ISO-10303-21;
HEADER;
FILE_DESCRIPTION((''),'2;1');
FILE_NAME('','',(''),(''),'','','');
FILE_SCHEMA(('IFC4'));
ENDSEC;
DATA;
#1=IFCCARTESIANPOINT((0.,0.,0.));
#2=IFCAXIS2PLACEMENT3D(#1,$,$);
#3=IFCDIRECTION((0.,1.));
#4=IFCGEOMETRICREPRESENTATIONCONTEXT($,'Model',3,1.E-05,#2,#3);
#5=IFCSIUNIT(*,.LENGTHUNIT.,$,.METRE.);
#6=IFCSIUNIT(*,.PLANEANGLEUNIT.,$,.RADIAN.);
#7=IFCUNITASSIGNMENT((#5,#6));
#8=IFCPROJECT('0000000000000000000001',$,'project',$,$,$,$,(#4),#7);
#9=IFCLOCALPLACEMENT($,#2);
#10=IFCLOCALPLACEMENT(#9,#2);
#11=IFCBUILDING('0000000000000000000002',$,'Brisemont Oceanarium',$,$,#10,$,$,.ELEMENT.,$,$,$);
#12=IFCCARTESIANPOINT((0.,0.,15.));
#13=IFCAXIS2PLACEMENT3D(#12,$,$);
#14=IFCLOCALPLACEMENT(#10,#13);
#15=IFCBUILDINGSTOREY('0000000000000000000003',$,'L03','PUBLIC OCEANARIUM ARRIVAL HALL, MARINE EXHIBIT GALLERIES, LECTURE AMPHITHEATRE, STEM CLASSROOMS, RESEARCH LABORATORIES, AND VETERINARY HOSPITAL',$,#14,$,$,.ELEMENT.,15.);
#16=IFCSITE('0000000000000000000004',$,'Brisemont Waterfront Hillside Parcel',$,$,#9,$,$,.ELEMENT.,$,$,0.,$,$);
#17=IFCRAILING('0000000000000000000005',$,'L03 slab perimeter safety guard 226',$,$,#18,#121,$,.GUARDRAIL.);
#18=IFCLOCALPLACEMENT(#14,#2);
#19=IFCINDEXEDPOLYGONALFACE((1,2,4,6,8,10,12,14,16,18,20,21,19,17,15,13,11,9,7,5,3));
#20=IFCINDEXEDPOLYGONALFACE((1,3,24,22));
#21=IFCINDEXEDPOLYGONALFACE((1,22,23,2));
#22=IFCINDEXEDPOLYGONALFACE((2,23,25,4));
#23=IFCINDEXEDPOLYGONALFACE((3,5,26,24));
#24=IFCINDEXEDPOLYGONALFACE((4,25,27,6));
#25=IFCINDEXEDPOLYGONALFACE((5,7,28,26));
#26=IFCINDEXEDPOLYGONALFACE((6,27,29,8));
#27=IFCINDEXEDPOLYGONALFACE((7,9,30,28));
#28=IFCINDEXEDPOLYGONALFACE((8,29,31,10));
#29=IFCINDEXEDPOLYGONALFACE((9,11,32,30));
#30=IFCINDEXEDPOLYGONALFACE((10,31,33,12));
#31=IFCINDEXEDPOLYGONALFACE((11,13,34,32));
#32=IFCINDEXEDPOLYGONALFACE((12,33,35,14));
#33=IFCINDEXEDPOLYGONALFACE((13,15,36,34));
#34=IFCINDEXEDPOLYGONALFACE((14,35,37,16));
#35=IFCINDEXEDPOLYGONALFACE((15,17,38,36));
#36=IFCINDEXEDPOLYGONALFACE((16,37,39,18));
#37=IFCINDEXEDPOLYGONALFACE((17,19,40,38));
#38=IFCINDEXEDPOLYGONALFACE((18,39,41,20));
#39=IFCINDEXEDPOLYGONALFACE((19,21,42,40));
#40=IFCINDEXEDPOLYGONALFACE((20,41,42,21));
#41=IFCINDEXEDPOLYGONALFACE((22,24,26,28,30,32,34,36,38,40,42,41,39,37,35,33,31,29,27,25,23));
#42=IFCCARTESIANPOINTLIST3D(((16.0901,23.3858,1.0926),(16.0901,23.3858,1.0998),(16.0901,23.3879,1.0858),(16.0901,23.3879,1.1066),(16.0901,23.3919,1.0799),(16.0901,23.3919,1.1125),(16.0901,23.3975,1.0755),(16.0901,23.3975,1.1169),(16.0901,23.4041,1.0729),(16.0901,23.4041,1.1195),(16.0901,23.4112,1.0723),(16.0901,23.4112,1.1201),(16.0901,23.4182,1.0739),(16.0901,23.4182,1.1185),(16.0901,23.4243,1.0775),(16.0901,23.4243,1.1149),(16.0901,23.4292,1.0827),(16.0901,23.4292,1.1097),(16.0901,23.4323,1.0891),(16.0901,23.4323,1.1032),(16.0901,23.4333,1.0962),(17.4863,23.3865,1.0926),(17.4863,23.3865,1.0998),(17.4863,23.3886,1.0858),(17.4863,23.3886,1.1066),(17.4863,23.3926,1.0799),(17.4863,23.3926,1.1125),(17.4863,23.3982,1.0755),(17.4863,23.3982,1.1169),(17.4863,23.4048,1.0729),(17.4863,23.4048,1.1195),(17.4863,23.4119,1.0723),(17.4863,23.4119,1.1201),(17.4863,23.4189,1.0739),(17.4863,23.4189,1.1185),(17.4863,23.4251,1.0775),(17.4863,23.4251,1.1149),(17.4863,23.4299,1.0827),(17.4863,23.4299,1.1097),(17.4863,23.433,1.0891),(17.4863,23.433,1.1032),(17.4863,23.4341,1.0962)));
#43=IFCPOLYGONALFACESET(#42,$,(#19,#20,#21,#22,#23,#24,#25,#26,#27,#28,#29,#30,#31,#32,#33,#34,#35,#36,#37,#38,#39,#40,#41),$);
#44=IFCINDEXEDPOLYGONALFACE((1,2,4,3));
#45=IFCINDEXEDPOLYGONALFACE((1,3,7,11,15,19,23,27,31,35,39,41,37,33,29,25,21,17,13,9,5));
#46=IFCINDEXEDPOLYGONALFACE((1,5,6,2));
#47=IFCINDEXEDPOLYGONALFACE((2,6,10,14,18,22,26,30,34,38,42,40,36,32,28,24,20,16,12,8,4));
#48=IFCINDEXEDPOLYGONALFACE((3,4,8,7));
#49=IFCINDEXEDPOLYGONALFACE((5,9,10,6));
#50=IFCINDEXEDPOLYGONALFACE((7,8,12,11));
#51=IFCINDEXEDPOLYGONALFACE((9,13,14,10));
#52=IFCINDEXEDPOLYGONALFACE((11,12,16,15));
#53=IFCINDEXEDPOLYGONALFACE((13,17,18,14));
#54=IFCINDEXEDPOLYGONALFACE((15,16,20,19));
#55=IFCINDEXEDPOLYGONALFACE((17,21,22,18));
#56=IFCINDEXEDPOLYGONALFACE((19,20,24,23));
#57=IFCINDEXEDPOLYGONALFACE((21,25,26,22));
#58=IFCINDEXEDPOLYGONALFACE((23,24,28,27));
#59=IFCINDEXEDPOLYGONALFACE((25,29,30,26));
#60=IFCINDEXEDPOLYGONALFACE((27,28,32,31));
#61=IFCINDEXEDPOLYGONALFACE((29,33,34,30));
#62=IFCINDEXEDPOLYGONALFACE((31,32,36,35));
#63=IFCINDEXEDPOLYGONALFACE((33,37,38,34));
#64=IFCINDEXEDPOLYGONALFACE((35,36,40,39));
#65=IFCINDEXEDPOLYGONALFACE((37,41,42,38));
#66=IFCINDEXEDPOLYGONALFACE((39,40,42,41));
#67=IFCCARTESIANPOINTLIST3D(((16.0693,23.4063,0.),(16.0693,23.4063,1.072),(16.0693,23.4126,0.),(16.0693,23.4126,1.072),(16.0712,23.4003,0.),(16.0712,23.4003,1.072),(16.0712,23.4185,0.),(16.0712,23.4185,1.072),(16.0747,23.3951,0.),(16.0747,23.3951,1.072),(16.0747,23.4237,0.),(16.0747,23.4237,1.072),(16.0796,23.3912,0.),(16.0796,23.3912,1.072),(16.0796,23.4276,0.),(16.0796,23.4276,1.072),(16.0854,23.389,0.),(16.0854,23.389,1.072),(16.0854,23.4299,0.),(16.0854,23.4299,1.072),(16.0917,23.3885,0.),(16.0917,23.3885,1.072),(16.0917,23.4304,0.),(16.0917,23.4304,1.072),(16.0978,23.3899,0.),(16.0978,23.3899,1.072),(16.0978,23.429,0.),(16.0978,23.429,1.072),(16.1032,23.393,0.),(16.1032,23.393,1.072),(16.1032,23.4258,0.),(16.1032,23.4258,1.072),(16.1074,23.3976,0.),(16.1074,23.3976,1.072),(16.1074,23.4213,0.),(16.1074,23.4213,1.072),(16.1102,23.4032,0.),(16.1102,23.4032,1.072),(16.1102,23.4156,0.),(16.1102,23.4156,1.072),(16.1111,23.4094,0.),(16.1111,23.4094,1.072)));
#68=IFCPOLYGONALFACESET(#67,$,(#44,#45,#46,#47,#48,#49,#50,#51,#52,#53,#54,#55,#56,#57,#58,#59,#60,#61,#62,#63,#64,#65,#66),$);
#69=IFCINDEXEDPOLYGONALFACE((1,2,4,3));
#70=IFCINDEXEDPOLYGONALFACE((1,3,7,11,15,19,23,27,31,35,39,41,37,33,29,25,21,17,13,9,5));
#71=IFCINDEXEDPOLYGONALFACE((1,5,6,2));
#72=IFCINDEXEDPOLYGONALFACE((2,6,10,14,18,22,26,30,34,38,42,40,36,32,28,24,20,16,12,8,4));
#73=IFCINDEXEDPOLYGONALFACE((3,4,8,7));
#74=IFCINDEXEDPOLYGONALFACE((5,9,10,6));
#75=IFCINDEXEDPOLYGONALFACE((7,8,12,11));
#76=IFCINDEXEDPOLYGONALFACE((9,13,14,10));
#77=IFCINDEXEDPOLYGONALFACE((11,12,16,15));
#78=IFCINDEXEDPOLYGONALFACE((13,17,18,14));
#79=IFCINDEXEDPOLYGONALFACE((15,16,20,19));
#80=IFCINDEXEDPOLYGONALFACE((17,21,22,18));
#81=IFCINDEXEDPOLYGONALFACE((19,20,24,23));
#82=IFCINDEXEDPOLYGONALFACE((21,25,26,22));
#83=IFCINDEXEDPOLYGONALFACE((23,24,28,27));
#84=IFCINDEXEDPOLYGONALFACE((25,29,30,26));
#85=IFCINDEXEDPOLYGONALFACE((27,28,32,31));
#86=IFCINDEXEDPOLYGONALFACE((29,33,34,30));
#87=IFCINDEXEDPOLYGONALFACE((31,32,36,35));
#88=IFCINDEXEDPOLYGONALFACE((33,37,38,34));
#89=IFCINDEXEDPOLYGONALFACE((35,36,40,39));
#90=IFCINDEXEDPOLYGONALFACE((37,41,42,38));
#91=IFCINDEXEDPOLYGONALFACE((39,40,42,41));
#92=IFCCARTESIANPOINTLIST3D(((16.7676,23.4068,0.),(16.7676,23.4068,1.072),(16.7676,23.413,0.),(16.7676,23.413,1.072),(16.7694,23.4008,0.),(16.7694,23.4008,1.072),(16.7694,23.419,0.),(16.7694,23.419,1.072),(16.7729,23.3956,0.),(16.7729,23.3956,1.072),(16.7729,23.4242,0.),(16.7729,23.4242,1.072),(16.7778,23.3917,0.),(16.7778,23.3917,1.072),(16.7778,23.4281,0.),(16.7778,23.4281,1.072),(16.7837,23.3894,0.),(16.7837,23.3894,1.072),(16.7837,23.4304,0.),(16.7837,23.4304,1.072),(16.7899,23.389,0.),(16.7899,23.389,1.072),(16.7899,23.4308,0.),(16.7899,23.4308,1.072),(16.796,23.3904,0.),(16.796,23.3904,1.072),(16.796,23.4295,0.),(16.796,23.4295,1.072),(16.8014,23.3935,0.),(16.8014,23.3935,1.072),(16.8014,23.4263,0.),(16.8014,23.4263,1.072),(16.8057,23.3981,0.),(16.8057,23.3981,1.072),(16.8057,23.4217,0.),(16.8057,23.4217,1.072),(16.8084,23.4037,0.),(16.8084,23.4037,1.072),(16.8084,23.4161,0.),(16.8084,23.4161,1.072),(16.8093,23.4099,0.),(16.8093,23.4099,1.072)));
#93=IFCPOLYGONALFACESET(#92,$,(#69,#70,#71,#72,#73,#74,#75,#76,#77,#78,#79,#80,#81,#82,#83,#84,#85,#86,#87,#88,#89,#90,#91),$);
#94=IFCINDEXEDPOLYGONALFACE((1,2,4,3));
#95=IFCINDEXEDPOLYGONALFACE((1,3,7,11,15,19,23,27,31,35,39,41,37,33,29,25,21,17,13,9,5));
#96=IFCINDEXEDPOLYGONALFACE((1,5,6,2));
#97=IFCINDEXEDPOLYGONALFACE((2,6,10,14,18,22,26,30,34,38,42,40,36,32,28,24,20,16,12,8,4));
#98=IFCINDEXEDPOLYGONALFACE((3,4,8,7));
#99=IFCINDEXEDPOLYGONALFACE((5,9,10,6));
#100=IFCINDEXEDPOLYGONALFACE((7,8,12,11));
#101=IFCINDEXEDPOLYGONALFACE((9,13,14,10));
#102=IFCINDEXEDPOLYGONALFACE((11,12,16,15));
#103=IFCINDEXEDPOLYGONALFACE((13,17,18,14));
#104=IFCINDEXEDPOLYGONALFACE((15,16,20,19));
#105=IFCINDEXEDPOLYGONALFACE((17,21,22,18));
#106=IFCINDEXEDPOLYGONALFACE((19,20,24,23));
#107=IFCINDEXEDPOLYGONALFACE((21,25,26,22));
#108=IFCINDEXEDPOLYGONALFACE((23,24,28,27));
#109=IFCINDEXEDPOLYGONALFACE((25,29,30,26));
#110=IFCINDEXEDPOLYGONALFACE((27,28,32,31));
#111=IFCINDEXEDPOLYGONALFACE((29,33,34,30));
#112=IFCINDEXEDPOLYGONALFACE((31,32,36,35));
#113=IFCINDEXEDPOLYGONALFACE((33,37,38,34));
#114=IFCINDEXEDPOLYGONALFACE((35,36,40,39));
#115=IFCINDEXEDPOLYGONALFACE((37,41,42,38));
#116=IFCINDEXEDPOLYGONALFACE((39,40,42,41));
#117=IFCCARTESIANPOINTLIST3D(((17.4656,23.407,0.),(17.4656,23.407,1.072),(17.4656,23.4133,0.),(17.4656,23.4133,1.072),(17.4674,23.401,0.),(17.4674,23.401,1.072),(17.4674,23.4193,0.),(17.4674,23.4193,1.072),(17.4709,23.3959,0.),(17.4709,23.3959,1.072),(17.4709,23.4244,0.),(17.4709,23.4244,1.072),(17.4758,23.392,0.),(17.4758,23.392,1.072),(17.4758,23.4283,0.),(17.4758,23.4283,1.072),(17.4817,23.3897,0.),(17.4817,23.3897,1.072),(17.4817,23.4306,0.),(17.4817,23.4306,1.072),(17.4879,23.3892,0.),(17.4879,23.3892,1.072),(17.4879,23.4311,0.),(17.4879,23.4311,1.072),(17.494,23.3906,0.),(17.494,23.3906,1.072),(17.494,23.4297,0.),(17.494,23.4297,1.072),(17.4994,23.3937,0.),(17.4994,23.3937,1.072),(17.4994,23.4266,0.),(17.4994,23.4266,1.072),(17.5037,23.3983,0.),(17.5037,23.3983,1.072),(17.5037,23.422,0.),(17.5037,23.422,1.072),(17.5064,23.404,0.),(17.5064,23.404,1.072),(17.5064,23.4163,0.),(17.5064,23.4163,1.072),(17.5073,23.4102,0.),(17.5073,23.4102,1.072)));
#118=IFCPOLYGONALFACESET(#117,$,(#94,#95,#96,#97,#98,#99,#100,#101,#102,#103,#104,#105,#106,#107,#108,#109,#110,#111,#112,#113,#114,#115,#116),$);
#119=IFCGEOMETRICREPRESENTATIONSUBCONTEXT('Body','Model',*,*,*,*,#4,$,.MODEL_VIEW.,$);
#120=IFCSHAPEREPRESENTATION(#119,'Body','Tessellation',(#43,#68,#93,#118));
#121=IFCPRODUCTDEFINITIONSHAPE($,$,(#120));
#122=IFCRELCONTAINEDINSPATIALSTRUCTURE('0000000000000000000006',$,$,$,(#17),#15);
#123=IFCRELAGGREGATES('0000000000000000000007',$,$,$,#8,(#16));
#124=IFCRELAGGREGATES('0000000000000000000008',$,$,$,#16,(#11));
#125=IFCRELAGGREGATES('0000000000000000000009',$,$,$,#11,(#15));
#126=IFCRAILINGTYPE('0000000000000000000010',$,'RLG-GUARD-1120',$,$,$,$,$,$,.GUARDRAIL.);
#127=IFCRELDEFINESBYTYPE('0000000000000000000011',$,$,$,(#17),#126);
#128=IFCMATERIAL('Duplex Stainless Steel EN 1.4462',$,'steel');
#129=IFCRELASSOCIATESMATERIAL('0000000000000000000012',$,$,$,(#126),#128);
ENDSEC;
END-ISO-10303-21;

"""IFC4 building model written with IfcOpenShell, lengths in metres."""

from ifc_helpers import new_model, si_unit, direction, frame, origin, origin_2d, place, context, subcontext, project, spatial, circle, extrude, material, type_object, element, save


model = new_model("IFC4")

# Units and contexts
model_context = context("Model", 3, precision=1e-05, world=origin(), true_north=direction((0.0, 1.0)))
body_context = subcontext(model_context, "Body", "Model", "MODEL_VIEW")
ifc_project = project(units=[si_unit("LENGTHUNIT", "METRE"), si_unit("PLANEANGLEUNIT", "RADIAN")], contexts=[model_context])

# Site, building, storey
site_placement = place(None, origin())
site = spatial("IfcSite", under=ifc_project, at=site_placement, Name="Brisemont Waterfront Hillside Parcel", CompositionType="ELEMENT", RefElevation=0.0)
building_placement = place(site_placement, origin())
building = spatial("IfcBuilding", under=site, at=building_placement, Name="Brisemont Oceanarium", CompositionType="ELEMENT")
storey_placement = place(building_placement, frame((0.0, 0.0, 15.0)))
storey = spatial("IfcBuildingStorey", under=building, at=storey_placement, Name="L03", Description="PUBLIC OCEANARIUM ARRIVAL HALL, MARINE EXHIBIT GALLERIES, LECTURE AMPHITHEATRE, STEM CLASSROOMS, RESEARCH LABORATORIES, AND VETERINARY HOSPITAL", CompositionType="ELEMENT", Elevation=15.0)

# Railing
ifc_material_1 = material(Name="Duplex Stainless Steel EN 1.4462", Category="steel")
railing_type = type_object("IfcRailingType", Name="RLG-GUARD-1120", PredefinedType="GUARDRAIL", material=ifc_material_1)
railing_1_placement = place(storey_placement, frame((16.0901, 23.4094, 0.0)))
element("IfcRailing", 1, at=railing_1_placement, inside=storey, type_object=railing_type, Name="L03 slab perimeter safety guard 226", PredefinedType="GUARDRAIL", context=body_context, shape_type="SweptSolid", body=[
    extrude(circle(Radius=0.0239, at=origin_2d()), frame((0.0, 0.0, 1.0962), z_axis=(1.0, 0.000525, 0.0), x_axis=(-0.000525, 1.0, 0.0)), (0.0, 0.0, 1.0), 1.3962),
    extrude(circle(Radius=0.021, at=origin_2d()), origin(), (0.0, 0.0, 1.0), 1.072),
    extrude(circle(Radius=0.021, at=origin_2d()), frame((0.6982, 0.0005, 0.0)), (0.0, 0.0, 1.0), 1.072),
    extrude(circle(Radius=0.021, at=origin_2d()), frame((1.3962, 0.0007, 0.0)), (0.0, 0.0, 1.0), 1.072),
])

save(model, "model.ifc")
